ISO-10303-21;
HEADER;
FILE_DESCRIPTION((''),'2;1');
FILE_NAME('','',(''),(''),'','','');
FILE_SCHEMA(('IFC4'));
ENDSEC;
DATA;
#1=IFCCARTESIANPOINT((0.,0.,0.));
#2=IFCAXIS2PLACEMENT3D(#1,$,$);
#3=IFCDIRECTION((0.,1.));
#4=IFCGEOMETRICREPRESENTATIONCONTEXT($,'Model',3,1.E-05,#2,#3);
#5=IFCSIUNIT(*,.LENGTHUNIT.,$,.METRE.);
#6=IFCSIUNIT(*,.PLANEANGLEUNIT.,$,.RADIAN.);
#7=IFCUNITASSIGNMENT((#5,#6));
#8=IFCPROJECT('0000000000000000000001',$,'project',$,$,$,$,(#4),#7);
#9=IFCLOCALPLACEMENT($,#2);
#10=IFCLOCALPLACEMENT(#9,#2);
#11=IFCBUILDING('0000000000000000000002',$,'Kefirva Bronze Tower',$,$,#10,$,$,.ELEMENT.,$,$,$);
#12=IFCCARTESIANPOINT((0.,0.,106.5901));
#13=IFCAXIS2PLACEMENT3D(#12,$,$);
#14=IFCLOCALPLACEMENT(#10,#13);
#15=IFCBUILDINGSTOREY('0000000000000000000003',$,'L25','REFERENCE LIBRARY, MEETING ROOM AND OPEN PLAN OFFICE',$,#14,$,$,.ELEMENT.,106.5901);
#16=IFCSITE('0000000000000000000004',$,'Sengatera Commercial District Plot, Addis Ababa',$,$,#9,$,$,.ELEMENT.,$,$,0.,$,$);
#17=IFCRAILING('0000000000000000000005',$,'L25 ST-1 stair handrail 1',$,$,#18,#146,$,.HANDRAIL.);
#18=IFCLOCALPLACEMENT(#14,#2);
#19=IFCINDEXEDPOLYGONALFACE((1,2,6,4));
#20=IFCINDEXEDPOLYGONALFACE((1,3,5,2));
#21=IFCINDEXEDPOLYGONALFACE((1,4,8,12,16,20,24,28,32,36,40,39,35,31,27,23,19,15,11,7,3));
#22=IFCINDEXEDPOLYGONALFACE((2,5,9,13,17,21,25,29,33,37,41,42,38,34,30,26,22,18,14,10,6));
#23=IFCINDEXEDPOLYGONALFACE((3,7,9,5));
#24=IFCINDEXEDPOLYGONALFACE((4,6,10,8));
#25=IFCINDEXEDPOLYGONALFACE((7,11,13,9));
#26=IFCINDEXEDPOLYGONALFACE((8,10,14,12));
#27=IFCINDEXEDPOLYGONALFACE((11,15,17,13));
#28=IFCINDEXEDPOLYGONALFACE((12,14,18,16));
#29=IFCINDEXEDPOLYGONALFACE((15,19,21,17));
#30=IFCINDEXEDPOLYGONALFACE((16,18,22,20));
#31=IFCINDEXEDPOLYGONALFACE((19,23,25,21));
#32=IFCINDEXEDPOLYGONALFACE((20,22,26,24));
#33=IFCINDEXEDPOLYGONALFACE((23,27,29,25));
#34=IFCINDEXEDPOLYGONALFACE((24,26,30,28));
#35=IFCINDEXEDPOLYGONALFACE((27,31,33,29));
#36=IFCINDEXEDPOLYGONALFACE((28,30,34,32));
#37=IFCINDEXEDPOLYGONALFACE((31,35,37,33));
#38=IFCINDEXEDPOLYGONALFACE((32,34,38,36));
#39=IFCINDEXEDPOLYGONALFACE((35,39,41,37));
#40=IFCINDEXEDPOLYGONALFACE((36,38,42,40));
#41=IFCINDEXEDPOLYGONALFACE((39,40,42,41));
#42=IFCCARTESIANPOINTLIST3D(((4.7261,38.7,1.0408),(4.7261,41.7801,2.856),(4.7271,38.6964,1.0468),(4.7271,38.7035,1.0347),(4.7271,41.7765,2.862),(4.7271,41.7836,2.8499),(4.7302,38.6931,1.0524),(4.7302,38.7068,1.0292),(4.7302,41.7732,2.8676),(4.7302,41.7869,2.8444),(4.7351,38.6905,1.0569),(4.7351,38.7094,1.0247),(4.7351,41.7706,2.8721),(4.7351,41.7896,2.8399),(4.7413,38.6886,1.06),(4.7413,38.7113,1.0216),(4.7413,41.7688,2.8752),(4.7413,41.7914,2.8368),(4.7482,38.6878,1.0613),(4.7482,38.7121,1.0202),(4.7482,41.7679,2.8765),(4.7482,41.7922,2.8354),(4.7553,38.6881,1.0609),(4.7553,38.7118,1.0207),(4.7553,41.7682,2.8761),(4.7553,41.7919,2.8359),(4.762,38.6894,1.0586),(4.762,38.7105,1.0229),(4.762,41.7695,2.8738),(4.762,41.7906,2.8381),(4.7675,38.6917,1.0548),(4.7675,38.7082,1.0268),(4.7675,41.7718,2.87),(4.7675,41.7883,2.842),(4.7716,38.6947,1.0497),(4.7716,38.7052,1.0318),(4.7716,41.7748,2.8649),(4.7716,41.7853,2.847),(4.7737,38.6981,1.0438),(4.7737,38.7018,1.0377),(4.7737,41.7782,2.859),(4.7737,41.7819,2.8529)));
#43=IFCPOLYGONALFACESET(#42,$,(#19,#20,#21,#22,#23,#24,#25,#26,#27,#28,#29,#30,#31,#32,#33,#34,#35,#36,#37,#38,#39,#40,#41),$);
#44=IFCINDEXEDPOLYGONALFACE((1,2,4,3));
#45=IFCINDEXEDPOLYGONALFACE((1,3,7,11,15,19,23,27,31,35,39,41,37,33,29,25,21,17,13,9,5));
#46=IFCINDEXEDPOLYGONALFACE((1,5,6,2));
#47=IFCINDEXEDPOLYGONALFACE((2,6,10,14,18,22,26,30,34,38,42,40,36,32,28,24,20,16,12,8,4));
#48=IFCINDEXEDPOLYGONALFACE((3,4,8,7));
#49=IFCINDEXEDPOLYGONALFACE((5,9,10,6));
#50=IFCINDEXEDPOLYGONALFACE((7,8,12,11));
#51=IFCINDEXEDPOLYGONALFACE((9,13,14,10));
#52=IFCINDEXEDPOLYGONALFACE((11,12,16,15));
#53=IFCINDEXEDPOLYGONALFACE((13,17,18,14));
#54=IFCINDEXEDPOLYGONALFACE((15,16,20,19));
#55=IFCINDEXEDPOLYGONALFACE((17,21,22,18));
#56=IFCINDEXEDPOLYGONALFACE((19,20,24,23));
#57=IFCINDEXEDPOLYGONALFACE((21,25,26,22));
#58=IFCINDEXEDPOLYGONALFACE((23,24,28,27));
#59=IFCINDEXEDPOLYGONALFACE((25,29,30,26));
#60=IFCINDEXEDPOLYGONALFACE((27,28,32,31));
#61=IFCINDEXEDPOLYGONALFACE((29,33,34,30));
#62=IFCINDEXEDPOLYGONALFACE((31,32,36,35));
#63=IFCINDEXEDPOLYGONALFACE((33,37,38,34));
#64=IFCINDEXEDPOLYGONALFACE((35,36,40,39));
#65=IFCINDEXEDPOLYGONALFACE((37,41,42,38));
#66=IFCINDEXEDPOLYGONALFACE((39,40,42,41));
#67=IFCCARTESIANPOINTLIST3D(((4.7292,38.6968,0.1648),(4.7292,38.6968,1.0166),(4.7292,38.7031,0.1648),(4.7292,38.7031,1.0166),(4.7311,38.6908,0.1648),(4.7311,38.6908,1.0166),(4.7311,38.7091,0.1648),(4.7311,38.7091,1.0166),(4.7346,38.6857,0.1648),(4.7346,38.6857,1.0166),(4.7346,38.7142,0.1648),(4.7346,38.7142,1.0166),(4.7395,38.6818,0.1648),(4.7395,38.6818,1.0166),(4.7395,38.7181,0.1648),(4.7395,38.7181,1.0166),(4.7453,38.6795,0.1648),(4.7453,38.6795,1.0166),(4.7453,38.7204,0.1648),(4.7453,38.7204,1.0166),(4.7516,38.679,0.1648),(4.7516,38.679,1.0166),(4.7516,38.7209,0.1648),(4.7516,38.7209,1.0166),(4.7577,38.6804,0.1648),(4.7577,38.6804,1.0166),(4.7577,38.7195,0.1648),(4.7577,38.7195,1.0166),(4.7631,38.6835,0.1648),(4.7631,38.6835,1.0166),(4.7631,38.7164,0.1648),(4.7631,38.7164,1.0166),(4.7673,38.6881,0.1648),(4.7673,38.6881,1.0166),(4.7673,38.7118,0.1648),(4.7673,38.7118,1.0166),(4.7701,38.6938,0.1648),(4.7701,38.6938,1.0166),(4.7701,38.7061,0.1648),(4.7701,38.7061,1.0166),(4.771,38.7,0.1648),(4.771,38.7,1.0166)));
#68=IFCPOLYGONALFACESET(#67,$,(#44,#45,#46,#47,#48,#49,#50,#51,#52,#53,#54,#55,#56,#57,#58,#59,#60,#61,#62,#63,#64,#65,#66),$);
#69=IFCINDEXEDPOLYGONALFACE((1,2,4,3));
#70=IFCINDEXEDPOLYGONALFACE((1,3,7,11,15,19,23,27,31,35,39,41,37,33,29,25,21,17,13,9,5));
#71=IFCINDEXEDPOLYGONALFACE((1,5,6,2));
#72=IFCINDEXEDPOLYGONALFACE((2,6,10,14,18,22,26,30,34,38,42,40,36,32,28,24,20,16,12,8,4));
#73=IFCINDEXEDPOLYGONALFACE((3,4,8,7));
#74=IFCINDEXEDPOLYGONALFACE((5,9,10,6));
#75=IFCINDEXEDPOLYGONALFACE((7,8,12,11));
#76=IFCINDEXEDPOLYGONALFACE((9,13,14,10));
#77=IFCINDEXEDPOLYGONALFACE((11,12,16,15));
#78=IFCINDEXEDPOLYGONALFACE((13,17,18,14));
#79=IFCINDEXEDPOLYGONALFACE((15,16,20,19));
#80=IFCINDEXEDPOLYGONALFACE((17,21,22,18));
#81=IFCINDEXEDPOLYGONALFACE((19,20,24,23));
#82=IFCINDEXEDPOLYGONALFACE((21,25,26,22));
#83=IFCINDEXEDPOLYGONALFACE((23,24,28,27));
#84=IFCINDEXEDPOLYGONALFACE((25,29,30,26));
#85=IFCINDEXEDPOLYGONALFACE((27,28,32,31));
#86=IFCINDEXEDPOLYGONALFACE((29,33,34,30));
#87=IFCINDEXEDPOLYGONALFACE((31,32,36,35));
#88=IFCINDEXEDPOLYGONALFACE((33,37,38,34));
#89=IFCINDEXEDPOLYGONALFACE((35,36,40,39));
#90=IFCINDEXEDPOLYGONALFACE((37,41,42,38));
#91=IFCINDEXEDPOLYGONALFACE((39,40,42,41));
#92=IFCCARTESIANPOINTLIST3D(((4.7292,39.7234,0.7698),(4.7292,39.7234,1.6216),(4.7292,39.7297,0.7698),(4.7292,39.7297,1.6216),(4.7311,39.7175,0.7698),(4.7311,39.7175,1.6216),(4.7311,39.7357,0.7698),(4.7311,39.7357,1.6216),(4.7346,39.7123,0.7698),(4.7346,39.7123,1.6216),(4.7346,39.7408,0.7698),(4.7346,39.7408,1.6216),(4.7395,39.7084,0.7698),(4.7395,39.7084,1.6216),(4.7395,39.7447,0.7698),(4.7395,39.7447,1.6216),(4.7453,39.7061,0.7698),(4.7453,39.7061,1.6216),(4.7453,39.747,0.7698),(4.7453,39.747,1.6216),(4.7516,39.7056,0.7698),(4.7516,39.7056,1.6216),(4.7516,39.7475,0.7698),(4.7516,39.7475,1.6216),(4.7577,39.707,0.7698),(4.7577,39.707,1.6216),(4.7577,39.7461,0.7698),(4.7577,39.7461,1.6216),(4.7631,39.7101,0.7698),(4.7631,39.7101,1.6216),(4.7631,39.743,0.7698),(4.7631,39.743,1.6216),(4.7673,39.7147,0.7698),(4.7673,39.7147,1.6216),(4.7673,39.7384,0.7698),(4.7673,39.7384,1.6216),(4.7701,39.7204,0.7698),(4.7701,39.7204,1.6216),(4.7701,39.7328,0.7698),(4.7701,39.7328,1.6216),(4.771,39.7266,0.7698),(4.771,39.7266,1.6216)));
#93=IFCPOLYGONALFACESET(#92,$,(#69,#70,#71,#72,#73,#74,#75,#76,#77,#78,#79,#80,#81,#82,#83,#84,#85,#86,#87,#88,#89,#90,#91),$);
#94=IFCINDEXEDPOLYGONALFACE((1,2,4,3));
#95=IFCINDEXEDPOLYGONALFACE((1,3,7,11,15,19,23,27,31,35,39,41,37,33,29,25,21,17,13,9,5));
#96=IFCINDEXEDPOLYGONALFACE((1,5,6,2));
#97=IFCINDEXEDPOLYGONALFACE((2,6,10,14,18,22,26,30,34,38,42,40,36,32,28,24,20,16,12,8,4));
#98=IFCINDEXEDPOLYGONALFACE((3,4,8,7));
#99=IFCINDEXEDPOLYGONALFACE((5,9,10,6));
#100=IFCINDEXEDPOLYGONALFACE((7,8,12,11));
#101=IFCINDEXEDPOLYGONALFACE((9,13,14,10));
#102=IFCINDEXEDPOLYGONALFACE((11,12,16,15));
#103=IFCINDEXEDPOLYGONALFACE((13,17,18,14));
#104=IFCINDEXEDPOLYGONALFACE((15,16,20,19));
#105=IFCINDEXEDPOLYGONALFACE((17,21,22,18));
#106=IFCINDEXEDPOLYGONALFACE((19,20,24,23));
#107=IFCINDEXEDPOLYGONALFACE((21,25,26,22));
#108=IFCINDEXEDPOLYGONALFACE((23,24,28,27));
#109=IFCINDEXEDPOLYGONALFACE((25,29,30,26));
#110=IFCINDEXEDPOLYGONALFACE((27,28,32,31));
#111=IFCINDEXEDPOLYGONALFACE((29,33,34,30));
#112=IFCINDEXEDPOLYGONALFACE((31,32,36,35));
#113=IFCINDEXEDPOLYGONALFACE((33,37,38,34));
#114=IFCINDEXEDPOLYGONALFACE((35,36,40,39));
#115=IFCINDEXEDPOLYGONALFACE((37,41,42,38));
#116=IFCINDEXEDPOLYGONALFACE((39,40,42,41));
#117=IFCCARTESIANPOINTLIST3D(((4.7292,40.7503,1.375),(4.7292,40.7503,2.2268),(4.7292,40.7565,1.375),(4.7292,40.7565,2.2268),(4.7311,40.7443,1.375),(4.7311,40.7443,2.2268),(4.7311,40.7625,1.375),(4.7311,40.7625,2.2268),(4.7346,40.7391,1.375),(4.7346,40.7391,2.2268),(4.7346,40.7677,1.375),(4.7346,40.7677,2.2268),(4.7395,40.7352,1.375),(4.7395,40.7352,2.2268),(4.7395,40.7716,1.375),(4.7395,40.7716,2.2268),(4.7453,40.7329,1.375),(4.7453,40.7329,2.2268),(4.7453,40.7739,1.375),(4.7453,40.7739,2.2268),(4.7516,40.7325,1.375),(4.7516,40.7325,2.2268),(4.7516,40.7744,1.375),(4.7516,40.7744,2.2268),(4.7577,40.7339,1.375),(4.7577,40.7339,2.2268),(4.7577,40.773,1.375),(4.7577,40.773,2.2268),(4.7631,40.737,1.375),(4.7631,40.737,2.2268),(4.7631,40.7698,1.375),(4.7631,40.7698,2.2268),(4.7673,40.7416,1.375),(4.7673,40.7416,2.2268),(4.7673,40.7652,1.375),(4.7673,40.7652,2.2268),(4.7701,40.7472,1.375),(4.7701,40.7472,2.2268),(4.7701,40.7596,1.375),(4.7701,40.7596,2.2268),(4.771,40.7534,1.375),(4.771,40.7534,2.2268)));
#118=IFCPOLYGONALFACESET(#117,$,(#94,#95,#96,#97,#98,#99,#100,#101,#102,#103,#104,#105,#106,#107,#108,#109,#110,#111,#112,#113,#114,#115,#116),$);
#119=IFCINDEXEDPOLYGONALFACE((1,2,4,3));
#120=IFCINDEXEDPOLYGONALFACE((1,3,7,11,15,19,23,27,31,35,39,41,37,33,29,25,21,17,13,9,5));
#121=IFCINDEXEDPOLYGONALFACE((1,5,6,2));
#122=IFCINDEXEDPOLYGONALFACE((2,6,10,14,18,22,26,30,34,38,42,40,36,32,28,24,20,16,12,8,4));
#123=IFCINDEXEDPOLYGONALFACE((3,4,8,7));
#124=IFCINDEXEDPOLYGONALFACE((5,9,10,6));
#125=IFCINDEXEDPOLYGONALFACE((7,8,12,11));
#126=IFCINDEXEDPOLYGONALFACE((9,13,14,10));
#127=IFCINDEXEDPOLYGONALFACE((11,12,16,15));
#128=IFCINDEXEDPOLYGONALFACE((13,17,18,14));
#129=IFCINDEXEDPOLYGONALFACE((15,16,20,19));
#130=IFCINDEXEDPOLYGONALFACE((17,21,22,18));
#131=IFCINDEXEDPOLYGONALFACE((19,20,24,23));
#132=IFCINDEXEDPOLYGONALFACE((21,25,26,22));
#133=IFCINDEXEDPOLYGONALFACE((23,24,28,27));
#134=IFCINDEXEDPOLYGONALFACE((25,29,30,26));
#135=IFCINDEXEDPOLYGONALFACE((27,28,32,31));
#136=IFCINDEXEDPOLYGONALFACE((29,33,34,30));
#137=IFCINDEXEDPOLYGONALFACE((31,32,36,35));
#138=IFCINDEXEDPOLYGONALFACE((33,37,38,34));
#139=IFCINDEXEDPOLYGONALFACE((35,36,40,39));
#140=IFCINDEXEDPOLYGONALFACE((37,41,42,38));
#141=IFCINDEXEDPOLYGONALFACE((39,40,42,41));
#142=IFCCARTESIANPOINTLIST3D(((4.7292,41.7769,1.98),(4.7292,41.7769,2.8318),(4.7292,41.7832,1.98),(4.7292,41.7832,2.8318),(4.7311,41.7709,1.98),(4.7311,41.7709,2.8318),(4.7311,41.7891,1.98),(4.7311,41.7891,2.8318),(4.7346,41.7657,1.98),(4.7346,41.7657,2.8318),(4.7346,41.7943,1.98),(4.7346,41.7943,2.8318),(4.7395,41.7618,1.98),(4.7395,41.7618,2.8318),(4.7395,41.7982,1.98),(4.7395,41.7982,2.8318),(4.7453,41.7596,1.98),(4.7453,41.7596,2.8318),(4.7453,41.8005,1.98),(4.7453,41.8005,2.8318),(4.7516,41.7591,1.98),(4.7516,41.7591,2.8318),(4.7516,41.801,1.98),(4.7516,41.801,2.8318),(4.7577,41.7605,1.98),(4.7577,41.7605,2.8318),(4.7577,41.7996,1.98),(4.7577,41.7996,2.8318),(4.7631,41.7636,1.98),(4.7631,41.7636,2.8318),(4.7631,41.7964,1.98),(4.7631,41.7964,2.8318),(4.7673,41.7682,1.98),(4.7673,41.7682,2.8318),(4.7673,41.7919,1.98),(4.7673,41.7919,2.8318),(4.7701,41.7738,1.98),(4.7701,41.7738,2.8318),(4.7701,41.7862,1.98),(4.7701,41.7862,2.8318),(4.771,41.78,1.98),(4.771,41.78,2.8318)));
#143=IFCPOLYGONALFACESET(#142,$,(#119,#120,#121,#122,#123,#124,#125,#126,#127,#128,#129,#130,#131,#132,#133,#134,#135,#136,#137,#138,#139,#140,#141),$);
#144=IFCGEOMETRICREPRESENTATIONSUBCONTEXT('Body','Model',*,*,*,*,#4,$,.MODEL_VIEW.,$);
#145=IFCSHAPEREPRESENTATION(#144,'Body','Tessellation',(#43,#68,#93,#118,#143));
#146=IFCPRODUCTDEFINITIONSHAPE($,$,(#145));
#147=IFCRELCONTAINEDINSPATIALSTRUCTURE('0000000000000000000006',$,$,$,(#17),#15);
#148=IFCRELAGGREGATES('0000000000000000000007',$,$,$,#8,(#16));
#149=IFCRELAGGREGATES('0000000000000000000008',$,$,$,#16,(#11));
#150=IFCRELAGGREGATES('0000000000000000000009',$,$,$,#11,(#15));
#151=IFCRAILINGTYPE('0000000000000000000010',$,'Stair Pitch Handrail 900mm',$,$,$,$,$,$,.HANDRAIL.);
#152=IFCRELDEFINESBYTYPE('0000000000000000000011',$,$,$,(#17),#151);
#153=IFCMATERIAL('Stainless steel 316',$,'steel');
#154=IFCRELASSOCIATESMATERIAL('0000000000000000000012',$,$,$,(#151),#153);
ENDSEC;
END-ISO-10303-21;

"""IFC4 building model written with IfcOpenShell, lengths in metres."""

from ifc_helpers import new_model, si_unit, direction, frame, origin, origin_2d, place, context, subcontext, project, spatial, circle, extrude, material, type_object, element, save


model = new_model("IFC4")

# Units and contexts
model_context = context("Model", 3, precision=1e-05, world=origin(), true_north=direction((0.0, 1.0)))
body_context = subcontext(model_context, "Body", "Model", "MODEL_VIEW")
ifc_project = project(units=[si_unit("LENGTHUNIT", "METRE"), si_unit("PLANEANGLEUNIT", "RADIAN")], contexts=[model_context])

# Site, building, storey
site_placement = place(None, origin())
site = spatial("IfcSite", under=ifc_project, at=site_placement, Name="Sengatera Commercial District Plot, Addis Ababa", CompositionType="ELEMENT", RefElevation=0.0)
building_placement = place(site_placement, origin())
building = spatial("IfcBuilding", under=site, at=building_placement, Name="Kefirva Bronze Tower", CompositionType="ELEMENT")
storey_placement = place(building_placement, frame((0.0, 0.0, 106.5901)))
storey = spatial("IfcBuildingStorey", under=building, at=storey_placement, Name="L25", Description="REFERENCE LIBRARY, MEETING ROOM AND OPEN PLAN OFFICE", CompositionType="ELEMENT", Elevation=106.5901)

# Railing
ifc_material_1 = material(Name="Stainless steel 316", Category="steel")
railing_type_1 = type_object("IfcRailingType", Name="Stair Pitch Handrail 900mm", PredefinedType="HANDRAIL", material=ifc_material_1)
railing_1_placement = place(storey_placement, frame((4.75, 38.7, 0.1648)))
element("IfcRailing", 1, at=railing_1_placement, inside=storey, type_object=railing_type_1, Name="L25 ST-1 stair handrail 1", PredefinedType="HANDRAIL", context=body_context, shape_type="SweptSolid", body=[
    extrude(circle(Radius=0.0239, at=origin_2d()), frame((0.0, 0.0, 0.876), z_axis=(0.0, 0.861521, 0.507721), x_axis=(-1.0, 0.0, 0.0)), (0.0, 0.0, 1.0), 3.5752),
    extrude(circle(Radius=0.021, at=origin_2d()), origin(), (0.0, 0.0, 1.0), 0.8518),
    extrude(circle(Radius=0.021, at=origin_2d()), frame((0.0, 1.0266, 0.605)), (0.0, 0.0, 1.0), 0.8518),
    extrude(circle(Radius=0.021, at=origin_2d()), frame((0.0, 2.0535, 1.2102)), (0.0, 0.0, 1.0), 0.8518),
    extrude(circle(Radius=0.021, at=origin_2d()), frame((0.0, 3.0801, 1.8152)), (0.0, 0.0, 1.0), 0.8518),
])

save(model, "model.ifc")
